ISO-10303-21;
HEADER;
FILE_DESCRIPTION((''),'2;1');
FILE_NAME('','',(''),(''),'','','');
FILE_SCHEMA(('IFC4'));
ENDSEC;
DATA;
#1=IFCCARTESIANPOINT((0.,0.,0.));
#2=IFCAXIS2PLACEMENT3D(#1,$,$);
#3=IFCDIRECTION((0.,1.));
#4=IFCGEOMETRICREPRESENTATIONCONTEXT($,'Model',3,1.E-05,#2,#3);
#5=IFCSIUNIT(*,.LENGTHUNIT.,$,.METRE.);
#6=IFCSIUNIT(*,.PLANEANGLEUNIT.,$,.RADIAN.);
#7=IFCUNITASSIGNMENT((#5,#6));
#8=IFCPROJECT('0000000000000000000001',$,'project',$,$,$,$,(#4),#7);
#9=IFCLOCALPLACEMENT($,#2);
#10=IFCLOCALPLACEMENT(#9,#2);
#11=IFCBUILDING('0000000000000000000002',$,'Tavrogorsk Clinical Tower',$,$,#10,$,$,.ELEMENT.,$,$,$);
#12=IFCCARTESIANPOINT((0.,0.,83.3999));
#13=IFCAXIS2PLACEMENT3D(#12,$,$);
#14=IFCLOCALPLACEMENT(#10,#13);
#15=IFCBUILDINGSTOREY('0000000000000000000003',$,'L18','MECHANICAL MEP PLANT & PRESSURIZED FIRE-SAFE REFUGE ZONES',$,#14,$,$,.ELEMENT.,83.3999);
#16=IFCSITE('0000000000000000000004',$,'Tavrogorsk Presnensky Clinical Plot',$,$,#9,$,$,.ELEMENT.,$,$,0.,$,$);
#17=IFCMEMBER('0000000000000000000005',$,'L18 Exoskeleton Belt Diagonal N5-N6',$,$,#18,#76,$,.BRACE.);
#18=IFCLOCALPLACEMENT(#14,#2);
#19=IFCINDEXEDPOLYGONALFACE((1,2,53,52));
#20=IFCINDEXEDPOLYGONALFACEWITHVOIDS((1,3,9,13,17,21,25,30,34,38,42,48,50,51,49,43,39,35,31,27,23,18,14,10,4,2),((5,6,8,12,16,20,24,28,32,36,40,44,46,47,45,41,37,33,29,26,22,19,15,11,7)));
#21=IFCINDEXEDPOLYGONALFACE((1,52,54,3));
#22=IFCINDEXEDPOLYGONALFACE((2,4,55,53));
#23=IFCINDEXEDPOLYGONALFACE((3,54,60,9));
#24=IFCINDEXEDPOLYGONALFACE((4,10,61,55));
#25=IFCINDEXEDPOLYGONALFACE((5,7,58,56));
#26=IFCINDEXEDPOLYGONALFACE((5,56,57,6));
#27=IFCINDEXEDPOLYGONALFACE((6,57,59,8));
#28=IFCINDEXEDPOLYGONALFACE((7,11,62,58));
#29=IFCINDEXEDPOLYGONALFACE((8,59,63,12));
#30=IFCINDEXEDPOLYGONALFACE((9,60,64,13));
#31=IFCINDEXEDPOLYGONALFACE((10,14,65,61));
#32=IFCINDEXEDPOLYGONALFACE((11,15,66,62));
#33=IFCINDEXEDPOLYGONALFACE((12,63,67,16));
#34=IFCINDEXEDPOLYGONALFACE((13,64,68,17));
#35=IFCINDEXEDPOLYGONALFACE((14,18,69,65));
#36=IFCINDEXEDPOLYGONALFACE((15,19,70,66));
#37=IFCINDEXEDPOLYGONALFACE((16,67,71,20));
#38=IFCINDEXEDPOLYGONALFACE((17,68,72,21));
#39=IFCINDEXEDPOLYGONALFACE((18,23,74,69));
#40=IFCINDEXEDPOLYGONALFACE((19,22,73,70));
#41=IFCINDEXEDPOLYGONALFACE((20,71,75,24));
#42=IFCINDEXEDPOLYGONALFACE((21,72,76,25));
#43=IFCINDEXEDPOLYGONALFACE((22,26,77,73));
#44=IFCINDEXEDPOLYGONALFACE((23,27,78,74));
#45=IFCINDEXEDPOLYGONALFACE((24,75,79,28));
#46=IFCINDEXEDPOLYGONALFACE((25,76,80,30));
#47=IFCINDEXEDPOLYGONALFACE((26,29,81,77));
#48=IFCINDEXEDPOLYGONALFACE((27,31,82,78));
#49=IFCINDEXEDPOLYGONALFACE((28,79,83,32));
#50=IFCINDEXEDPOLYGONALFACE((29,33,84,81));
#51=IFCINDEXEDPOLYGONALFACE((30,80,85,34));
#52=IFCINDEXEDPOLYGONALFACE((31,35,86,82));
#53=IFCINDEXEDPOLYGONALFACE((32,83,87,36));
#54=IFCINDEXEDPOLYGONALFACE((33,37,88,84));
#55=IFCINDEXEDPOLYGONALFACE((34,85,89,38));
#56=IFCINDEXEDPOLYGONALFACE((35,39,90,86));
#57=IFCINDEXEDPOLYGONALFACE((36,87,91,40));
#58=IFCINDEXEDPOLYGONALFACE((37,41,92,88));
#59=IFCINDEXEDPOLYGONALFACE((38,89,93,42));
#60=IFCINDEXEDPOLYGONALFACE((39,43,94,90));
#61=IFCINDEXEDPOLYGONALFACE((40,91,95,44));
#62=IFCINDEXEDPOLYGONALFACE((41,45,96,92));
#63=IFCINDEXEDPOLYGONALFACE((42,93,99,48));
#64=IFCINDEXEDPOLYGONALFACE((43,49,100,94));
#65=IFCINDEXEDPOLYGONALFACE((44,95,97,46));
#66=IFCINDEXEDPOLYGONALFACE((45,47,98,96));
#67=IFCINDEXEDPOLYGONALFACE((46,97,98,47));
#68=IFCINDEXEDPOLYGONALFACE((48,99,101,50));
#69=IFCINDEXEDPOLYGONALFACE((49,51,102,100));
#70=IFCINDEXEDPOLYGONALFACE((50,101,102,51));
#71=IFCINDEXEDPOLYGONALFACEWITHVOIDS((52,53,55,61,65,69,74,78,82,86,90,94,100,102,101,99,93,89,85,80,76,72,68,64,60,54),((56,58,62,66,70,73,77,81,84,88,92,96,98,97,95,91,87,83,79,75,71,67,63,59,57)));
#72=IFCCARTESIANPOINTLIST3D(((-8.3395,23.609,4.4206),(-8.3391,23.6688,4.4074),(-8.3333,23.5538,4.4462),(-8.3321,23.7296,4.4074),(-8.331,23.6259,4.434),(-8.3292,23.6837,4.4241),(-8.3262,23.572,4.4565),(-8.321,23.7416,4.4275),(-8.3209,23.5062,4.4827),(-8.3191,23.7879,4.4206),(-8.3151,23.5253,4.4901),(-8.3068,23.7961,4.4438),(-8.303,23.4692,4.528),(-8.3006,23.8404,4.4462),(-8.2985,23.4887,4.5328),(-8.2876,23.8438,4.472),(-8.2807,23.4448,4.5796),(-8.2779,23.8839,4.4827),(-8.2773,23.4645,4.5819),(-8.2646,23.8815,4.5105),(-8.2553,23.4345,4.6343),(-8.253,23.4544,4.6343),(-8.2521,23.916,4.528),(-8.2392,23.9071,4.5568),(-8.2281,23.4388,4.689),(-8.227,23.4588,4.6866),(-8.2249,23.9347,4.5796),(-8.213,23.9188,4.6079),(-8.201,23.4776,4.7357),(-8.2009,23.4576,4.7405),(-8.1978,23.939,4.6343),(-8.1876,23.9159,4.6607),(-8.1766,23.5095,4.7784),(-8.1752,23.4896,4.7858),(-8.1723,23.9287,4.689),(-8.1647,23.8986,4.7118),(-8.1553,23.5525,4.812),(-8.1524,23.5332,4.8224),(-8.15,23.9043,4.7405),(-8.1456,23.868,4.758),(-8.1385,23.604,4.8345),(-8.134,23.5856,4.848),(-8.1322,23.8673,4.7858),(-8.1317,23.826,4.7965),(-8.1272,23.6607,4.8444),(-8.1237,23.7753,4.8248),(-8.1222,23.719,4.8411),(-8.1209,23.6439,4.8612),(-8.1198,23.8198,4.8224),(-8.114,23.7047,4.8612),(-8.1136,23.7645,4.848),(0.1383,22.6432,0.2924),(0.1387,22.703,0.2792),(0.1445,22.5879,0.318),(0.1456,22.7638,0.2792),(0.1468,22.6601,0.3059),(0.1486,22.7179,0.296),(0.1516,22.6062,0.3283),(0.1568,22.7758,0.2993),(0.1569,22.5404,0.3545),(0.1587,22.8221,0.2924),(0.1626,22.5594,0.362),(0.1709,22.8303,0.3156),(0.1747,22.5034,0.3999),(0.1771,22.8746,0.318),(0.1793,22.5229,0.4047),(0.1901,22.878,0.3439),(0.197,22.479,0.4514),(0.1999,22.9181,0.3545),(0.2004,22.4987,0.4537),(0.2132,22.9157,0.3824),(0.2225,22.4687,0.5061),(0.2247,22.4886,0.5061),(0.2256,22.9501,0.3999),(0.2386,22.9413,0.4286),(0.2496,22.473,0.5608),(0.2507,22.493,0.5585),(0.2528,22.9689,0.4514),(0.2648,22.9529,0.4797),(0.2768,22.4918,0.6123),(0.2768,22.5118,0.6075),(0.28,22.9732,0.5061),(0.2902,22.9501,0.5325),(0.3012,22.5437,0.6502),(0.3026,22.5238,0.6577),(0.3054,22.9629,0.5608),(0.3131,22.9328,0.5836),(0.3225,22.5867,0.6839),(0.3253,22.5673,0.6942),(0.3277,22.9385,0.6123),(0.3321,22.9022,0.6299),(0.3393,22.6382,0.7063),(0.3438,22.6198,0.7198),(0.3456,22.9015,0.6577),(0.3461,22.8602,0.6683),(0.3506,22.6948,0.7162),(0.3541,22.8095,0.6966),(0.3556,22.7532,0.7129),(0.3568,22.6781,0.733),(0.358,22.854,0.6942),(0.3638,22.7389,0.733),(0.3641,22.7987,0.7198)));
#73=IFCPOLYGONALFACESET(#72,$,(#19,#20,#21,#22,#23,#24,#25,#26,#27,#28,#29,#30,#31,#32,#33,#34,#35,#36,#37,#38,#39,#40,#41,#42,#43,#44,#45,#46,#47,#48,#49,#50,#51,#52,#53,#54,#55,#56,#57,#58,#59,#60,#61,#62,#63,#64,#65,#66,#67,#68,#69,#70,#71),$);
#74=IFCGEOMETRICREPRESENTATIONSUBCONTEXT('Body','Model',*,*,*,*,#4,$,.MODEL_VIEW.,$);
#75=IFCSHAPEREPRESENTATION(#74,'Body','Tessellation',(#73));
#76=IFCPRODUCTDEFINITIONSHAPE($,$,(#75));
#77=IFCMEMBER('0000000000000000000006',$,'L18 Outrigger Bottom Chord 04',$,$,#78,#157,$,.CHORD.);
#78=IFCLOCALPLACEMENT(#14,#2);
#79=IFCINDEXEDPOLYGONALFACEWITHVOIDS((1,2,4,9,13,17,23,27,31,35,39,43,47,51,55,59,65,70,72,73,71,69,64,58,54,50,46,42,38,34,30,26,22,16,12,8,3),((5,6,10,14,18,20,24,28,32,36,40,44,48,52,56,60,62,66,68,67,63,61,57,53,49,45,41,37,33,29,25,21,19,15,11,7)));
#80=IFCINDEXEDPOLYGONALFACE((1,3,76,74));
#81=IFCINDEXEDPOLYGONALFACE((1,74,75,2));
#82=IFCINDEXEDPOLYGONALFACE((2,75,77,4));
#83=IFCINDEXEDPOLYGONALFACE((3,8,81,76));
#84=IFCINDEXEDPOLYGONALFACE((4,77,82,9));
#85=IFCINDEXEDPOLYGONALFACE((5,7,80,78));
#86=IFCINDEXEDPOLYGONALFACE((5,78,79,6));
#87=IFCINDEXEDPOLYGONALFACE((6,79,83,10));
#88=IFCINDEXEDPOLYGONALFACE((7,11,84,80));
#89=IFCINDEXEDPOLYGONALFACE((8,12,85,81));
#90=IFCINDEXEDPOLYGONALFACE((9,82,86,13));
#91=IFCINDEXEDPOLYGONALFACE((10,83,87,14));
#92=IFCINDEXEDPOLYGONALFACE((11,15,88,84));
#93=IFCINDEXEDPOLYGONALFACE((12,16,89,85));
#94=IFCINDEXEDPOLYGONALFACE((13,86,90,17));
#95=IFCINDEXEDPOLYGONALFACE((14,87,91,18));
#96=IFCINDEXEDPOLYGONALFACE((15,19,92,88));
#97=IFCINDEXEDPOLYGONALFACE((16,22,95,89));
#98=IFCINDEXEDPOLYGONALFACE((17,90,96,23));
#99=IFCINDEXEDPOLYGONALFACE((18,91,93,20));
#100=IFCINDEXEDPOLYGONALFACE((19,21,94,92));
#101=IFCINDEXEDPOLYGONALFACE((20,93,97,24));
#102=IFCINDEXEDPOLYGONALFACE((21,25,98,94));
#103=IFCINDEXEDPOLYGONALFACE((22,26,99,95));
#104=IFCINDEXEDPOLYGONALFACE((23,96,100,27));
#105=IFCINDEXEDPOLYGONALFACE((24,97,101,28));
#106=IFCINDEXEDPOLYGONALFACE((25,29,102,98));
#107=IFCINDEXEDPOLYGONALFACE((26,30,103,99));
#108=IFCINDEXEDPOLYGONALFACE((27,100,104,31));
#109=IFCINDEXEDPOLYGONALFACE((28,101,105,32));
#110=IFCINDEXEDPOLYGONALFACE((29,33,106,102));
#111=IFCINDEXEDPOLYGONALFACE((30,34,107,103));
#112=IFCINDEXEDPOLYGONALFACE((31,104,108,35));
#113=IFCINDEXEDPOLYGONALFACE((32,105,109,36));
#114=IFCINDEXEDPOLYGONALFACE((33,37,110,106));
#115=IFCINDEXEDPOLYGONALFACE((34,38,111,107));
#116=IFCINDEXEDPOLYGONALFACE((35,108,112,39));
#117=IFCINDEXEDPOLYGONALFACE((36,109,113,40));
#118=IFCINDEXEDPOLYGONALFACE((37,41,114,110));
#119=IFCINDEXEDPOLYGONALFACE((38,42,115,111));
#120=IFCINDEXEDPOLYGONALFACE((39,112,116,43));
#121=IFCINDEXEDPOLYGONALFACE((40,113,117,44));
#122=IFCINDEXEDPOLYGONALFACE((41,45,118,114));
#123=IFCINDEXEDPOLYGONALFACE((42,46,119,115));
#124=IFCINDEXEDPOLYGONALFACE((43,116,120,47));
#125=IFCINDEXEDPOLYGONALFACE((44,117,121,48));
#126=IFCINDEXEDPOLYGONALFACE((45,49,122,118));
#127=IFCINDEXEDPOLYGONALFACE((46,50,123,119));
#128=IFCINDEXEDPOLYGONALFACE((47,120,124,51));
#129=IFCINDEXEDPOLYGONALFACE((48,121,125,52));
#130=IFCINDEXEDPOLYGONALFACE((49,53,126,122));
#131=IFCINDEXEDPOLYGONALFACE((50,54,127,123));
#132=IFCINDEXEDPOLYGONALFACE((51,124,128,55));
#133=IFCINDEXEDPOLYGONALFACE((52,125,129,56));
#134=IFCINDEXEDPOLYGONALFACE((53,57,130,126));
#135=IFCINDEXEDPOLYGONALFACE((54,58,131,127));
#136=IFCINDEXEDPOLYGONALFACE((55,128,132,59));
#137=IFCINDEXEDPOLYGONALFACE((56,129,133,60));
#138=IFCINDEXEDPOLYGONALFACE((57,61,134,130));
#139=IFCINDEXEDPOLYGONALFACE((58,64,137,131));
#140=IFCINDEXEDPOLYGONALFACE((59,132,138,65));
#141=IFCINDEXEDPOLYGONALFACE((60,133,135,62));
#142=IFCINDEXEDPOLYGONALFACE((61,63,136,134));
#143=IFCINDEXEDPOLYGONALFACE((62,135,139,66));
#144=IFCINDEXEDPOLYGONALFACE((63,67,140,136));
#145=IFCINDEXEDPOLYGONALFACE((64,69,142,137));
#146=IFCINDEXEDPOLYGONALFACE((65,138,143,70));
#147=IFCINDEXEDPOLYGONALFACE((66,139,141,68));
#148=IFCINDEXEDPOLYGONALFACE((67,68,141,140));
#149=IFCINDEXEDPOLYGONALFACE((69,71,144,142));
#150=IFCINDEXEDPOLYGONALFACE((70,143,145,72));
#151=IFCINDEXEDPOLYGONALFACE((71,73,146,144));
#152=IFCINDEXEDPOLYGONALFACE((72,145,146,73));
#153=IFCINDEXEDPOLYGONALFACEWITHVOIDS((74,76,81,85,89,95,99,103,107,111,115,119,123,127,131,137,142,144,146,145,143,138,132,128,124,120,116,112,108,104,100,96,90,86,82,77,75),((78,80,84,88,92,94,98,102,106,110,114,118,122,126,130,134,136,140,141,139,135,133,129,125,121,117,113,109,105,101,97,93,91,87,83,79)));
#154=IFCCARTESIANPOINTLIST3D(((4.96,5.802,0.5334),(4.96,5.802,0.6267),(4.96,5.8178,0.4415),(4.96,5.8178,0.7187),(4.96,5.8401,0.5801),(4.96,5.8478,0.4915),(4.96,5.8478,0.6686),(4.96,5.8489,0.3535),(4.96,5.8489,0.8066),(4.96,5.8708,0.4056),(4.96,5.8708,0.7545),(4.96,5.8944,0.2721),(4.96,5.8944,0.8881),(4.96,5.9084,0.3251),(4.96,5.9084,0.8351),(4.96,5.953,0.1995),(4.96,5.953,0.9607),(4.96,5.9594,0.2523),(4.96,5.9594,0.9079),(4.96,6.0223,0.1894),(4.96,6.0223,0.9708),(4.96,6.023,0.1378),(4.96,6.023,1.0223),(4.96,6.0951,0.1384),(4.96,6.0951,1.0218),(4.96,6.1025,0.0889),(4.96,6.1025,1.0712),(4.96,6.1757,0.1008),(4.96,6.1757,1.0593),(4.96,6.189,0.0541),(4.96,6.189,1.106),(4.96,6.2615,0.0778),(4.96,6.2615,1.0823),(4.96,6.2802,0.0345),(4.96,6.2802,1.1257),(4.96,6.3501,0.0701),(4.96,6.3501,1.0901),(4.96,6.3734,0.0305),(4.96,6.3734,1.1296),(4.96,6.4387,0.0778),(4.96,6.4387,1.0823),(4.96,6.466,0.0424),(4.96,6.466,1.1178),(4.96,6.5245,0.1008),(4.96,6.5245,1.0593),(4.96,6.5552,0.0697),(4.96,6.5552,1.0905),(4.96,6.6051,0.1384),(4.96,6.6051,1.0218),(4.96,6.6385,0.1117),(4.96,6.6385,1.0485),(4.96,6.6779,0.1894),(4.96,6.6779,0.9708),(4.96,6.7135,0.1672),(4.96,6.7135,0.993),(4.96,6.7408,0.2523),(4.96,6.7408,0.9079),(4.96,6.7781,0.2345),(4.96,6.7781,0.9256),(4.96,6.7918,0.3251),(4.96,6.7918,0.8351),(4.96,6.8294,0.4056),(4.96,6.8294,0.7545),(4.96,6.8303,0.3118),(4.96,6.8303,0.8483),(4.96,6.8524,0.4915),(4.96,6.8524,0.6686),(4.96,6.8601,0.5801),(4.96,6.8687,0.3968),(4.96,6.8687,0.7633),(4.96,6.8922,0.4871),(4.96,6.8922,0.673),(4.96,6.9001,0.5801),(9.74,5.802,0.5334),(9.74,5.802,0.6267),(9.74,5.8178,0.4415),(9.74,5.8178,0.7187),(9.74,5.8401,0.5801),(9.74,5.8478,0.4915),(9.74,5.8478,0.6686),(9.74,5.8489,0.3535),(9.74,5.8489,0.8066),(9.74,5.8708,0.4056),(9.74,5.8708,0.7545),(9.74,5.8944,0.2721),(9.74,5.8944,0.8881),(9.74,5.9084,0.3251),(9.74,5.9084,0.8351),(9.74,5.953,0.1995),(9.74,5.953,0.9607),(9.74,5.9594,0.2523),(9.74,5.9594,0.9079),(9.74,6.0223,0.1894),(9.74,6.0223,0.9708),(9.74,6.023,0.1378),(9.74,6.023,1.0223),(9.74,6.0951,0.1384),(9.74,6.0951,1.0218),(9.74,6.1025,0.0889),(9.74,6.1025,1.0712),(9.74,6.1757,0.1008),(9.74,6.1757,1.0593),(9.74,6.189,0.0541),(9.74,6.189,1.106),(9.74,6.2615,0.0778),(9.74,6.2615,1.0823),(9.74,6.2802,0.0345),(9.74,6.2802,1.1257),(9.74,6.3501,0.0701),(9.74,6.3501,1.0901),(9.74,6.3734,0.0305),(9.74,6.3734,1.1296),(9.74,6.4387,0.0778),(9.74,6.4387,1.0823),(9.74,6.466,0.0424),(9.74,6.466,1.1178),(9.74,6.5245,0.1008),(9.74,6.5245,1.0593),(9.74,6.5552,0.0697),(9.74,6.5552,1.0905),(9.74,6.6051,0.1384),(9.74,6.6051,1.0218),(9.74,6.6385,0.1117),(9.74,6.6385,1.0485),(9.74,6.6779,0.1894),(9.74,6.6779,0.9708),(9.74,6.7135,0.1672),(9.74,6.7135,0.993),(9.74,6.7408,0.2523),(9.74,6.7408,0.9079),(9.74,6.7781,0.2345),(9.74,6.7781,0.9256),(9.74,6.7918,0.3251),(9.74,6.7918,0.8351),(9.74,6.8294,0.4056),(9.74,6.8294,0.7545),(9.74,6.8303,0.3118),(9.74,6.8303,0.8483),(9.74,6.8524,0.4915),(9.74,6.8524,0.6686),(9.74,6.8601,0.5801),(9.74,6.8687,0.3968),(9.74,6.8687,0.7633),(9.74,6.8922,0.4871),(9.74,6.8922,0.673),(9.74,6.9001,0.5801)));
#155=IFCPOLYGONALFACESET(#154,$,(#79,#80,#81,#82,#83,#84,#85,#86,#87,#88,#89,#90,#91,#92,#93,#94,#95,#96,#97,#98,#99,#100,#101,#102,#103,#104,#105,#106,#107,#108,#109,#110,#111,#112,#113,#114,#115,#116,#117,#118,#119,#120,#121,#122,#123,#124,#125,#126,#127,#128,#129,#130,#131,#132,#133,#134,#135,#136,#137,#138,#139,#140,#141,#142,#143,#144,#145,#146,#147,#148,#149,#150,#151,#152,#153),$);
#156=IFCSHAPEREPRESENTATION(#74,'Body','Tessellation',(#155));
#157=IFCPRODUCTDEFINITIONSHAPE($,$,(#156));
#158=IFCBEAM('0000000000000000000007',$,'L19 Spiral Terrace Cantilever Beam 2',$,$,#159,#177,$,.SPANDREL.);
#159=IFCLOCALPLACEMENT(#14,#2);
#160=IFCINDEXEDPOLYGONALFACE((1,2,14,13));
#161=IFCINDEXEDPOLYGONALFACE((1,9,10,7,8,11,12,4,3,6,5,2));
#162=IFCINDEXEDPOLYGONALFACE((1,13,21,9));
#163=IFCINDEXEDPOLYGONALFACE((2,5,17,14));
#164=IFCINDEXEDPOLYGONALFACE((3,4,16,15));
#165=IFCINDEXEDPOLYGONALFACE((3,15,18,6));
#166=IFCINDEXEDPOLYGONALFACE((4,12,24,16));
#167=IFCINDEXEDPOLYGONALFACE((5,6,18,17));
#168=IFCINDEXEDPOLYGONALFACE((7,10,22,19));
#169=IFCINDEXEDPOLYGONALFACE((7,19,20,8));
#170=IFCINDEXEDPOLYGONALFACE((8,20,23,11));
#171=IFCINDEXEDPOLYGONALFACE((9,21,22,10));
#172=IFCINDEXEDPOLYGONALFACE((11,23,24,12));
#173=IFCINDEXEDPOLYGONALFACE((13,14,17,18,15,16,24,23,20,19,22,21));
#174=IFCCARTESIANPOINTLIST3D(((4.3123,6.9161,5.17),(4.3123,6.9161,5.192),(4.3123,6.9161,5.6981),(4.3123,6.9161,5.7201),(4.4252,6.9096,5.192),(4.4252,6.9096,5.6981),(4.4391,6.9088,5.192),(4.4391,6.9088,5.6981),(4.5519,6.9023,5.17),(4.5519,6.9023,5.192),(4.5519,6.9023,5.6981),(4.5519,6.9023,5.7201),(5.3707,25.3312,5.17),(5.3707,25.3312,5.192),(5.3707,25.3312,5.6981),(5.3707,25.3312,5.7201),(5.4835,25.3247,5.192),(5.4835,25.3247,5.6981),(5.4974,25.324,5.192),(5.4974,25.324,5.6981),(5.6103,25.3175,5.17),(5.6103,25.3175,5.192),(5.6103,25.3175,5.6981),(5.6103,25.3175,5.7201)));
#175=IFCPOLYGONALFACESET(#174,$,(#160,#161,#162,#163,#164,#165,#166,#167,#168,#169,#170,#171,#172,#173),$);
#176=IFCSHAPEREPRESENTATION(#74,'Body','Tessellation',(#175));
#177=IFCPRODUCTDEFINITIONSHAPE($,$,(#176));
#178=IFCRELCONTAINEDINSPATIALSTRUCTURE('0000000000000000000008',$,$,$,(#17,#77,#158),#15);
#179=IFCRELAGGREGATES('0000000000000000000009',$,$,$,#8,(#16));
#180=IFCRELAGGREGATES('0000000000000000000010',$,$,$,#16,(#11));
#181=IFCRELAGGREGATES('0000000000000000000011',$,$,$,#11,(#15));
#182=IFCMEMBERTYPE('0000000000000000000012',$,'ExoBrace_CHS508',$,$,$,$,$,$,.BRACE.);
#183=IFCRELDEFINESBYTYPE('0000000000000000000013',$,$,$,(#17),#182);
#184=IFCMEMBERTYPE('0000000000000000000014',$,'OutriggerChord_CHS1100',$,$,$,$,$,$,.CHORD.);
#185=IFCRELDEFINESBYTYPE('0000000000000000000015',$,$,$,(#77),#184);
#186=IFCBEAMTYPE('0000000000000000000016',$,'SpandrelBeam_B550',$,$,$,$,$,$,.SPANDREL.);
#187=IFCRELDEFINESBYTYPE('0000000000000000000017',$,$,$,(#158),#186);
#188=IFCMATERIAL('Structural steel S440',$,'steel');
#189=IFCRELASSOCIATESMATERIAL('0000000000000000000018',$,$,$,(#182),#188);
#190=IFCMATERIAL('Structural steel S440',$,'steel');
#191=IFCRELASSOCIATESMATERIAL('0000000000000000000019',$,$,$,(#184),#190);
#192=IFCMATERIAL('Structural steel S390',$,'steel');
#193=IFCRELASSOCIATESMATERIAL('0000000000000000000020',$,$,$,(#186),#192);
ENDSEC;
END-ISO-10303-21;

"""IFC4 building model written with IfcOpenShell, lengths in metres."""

from ifc_helpers import new_model, si_unit, direction, frame, origin, origin_2d, place, context, subcontext, project, spatial, hollow_circle, i_section, extrude, material, material_profile, profile_set, type_object, element, save


model = new_model("IFC4")

# Units and contexts
model_context = context("Model", 3, precision=1e-05, world=origin(), true_north=direction((0.0, 1.0)))
body_context = subcontext(model_context, "Body", "Model", "MODEL_VIEW")
ifc_project = project(units=[si_unit("LENGTHUNIT", "METRE"), si_unit("PLANEANGLEUNIT", "RADIAN")], contexts=[model_context])

# Site, building, storey
site_placement = place(None, origin())
site = spatial("IfcSite", under=ifc_project, at=site_placement, Name="Tavrogorsk Presnensky Clinical Plot", CompositionType="ELEMENT", RefElevation=0.0)
building_placement = place(site_placement, origin())
building = spatial("IfcBuilding", under=site, at=building_placement, Name="Tavrogorsk Clinical Tower", CompositionType="ELEMENT")
storey_placement = place(building_placement, frame((0.0, 0.0, 83.3999)))
storey = spatial("IfcBuildingStorey", under=building, at=storey_placement, Name="L18", Description="MECHANICAL MEP PLANT & PRESSURIZED FIRE-SAFE REFUGE ZONES", CompositionType="ELEMENT", Elevation=83.3999)

# Members
ifc_material_1 = material(Name="Structural steel S440", Category="steel")
ifc_material_profile_1 = material_profile(ifc_material_1, hollow_circle(Radius=0.2539, WallThickness=0.02, at=origin_2d()), Name="CHS-508x20")
ifc_profile_set_1 = profile_set([ifc_material_profile_1], Name="Structural steel S440")
member_type_1 = type_object("IfcMemberType", Name="ExoBrace_CHS508", PredefinedType="BRACE", material=ifc_profile_set_1)
for number, where, z_axis, x_axis, name in (
    (1, (0.2512, 22.7209, 0.5061), (-0.894395, 0.101893, 0.435517), (-0.113192, -0.993573, 0.0), "L18 Exoskeleton Belt Diagonal N5-N6"),
):
    element("IfcMember", number, at=place(storey_placement, frame(where, z_axis=z_axis, x_axis=x_axis)), inside=storey, type_object=member_type_1, Name=name, PredefinedType="BRACE", context=body_context, shape_type="SweptSolid", body=[
        extrude(hollow_circle(Radius=0.2539, WallThickness=0.02, at=origin_2d()), origin(), (0.0, 0.0, 1.0), 9.4788),
    ])
ifc_material_2 = material(Name="Structural steel S440", Category="steel")
ifc_material_profile_2 = material_profile(ifc_material_2, hollow_circle(Radius=0.55, WallThickness=0.04, at=origin_2d()), Name="CHS-1100x40")
ifc_profile_set_2 = profile_set([ifc_material_profile_2], Name="Structural steel S440")
member_type_2 = type_object("IfcMemberType", Name="OutriggerChord_CHS1100", PredefinedType="CHORD", material=ifc_profile_set_2)
member_placement = place(storey_placement, frame((4.96, 6.3501, 0.5801), z_axis=(1.0, 0.0, 0.0), x_axis=(0.0, 1.0, 0.0)))
element("IfcMember", 2, at=member_placement, inside=storey, type_object=member_type_2, Name="L18 Outrigger Bottom Chord 04", PredefinedType="CHORD", context=body_context, shape_type="SweptSolid", body=[
    extrude(hollow_circle(Radius=0.55, WallThickness=0.04, at=origin_2d()), origin(), (0.0, 0.0, 1.0), 4.78),
])

# Beam
ifc_material_3 = material(Name="Structural steel S390", Category="steel")
ifc_material_profile_3 = material_profile(ifc_material_3, i_section(OverallWidth=0.24, OverallDepth=0.55, WebThickness=0.0139, FlangeThickness=0.022, at=origin_2d()), Name="B-550x240x14x22")
ifc_profile_set_3 = profile_set([ifc_material_profile_3], Name="Structural steel S390")
beam_type_1 = type_object("IfcBeamType", Name="SpandrelBeam_B550", PredefinedType="SPANDREL", material=ifc_profile_set_3)
beam_1_placement = place(storey_placement, frame((4.4321, 6.9092, 5.4451), z_axis=(0.057377, 0.998353, 0.0), x_axis=(-0.998353, 0.057377, 0.0)))
element("IfcBeam", 3, at=beam_1_placement, inside=storey, type_object=beam_type_1, Name="L19 Spiral Terrace Cantilever Beam 2", PredefinedType="SPANDREL", context=body_context, shape_type="SweptSolid", body=[
    extrude(i_section(OverallWidth=0.24, OverallDepth=0.55, WebThickness=0.0139, FlangeThickness=0.022, at=origin_2d()), origin(), (0.0, 0.0, 1.0), 18.4456),
])

save(model, "model.ifc")
